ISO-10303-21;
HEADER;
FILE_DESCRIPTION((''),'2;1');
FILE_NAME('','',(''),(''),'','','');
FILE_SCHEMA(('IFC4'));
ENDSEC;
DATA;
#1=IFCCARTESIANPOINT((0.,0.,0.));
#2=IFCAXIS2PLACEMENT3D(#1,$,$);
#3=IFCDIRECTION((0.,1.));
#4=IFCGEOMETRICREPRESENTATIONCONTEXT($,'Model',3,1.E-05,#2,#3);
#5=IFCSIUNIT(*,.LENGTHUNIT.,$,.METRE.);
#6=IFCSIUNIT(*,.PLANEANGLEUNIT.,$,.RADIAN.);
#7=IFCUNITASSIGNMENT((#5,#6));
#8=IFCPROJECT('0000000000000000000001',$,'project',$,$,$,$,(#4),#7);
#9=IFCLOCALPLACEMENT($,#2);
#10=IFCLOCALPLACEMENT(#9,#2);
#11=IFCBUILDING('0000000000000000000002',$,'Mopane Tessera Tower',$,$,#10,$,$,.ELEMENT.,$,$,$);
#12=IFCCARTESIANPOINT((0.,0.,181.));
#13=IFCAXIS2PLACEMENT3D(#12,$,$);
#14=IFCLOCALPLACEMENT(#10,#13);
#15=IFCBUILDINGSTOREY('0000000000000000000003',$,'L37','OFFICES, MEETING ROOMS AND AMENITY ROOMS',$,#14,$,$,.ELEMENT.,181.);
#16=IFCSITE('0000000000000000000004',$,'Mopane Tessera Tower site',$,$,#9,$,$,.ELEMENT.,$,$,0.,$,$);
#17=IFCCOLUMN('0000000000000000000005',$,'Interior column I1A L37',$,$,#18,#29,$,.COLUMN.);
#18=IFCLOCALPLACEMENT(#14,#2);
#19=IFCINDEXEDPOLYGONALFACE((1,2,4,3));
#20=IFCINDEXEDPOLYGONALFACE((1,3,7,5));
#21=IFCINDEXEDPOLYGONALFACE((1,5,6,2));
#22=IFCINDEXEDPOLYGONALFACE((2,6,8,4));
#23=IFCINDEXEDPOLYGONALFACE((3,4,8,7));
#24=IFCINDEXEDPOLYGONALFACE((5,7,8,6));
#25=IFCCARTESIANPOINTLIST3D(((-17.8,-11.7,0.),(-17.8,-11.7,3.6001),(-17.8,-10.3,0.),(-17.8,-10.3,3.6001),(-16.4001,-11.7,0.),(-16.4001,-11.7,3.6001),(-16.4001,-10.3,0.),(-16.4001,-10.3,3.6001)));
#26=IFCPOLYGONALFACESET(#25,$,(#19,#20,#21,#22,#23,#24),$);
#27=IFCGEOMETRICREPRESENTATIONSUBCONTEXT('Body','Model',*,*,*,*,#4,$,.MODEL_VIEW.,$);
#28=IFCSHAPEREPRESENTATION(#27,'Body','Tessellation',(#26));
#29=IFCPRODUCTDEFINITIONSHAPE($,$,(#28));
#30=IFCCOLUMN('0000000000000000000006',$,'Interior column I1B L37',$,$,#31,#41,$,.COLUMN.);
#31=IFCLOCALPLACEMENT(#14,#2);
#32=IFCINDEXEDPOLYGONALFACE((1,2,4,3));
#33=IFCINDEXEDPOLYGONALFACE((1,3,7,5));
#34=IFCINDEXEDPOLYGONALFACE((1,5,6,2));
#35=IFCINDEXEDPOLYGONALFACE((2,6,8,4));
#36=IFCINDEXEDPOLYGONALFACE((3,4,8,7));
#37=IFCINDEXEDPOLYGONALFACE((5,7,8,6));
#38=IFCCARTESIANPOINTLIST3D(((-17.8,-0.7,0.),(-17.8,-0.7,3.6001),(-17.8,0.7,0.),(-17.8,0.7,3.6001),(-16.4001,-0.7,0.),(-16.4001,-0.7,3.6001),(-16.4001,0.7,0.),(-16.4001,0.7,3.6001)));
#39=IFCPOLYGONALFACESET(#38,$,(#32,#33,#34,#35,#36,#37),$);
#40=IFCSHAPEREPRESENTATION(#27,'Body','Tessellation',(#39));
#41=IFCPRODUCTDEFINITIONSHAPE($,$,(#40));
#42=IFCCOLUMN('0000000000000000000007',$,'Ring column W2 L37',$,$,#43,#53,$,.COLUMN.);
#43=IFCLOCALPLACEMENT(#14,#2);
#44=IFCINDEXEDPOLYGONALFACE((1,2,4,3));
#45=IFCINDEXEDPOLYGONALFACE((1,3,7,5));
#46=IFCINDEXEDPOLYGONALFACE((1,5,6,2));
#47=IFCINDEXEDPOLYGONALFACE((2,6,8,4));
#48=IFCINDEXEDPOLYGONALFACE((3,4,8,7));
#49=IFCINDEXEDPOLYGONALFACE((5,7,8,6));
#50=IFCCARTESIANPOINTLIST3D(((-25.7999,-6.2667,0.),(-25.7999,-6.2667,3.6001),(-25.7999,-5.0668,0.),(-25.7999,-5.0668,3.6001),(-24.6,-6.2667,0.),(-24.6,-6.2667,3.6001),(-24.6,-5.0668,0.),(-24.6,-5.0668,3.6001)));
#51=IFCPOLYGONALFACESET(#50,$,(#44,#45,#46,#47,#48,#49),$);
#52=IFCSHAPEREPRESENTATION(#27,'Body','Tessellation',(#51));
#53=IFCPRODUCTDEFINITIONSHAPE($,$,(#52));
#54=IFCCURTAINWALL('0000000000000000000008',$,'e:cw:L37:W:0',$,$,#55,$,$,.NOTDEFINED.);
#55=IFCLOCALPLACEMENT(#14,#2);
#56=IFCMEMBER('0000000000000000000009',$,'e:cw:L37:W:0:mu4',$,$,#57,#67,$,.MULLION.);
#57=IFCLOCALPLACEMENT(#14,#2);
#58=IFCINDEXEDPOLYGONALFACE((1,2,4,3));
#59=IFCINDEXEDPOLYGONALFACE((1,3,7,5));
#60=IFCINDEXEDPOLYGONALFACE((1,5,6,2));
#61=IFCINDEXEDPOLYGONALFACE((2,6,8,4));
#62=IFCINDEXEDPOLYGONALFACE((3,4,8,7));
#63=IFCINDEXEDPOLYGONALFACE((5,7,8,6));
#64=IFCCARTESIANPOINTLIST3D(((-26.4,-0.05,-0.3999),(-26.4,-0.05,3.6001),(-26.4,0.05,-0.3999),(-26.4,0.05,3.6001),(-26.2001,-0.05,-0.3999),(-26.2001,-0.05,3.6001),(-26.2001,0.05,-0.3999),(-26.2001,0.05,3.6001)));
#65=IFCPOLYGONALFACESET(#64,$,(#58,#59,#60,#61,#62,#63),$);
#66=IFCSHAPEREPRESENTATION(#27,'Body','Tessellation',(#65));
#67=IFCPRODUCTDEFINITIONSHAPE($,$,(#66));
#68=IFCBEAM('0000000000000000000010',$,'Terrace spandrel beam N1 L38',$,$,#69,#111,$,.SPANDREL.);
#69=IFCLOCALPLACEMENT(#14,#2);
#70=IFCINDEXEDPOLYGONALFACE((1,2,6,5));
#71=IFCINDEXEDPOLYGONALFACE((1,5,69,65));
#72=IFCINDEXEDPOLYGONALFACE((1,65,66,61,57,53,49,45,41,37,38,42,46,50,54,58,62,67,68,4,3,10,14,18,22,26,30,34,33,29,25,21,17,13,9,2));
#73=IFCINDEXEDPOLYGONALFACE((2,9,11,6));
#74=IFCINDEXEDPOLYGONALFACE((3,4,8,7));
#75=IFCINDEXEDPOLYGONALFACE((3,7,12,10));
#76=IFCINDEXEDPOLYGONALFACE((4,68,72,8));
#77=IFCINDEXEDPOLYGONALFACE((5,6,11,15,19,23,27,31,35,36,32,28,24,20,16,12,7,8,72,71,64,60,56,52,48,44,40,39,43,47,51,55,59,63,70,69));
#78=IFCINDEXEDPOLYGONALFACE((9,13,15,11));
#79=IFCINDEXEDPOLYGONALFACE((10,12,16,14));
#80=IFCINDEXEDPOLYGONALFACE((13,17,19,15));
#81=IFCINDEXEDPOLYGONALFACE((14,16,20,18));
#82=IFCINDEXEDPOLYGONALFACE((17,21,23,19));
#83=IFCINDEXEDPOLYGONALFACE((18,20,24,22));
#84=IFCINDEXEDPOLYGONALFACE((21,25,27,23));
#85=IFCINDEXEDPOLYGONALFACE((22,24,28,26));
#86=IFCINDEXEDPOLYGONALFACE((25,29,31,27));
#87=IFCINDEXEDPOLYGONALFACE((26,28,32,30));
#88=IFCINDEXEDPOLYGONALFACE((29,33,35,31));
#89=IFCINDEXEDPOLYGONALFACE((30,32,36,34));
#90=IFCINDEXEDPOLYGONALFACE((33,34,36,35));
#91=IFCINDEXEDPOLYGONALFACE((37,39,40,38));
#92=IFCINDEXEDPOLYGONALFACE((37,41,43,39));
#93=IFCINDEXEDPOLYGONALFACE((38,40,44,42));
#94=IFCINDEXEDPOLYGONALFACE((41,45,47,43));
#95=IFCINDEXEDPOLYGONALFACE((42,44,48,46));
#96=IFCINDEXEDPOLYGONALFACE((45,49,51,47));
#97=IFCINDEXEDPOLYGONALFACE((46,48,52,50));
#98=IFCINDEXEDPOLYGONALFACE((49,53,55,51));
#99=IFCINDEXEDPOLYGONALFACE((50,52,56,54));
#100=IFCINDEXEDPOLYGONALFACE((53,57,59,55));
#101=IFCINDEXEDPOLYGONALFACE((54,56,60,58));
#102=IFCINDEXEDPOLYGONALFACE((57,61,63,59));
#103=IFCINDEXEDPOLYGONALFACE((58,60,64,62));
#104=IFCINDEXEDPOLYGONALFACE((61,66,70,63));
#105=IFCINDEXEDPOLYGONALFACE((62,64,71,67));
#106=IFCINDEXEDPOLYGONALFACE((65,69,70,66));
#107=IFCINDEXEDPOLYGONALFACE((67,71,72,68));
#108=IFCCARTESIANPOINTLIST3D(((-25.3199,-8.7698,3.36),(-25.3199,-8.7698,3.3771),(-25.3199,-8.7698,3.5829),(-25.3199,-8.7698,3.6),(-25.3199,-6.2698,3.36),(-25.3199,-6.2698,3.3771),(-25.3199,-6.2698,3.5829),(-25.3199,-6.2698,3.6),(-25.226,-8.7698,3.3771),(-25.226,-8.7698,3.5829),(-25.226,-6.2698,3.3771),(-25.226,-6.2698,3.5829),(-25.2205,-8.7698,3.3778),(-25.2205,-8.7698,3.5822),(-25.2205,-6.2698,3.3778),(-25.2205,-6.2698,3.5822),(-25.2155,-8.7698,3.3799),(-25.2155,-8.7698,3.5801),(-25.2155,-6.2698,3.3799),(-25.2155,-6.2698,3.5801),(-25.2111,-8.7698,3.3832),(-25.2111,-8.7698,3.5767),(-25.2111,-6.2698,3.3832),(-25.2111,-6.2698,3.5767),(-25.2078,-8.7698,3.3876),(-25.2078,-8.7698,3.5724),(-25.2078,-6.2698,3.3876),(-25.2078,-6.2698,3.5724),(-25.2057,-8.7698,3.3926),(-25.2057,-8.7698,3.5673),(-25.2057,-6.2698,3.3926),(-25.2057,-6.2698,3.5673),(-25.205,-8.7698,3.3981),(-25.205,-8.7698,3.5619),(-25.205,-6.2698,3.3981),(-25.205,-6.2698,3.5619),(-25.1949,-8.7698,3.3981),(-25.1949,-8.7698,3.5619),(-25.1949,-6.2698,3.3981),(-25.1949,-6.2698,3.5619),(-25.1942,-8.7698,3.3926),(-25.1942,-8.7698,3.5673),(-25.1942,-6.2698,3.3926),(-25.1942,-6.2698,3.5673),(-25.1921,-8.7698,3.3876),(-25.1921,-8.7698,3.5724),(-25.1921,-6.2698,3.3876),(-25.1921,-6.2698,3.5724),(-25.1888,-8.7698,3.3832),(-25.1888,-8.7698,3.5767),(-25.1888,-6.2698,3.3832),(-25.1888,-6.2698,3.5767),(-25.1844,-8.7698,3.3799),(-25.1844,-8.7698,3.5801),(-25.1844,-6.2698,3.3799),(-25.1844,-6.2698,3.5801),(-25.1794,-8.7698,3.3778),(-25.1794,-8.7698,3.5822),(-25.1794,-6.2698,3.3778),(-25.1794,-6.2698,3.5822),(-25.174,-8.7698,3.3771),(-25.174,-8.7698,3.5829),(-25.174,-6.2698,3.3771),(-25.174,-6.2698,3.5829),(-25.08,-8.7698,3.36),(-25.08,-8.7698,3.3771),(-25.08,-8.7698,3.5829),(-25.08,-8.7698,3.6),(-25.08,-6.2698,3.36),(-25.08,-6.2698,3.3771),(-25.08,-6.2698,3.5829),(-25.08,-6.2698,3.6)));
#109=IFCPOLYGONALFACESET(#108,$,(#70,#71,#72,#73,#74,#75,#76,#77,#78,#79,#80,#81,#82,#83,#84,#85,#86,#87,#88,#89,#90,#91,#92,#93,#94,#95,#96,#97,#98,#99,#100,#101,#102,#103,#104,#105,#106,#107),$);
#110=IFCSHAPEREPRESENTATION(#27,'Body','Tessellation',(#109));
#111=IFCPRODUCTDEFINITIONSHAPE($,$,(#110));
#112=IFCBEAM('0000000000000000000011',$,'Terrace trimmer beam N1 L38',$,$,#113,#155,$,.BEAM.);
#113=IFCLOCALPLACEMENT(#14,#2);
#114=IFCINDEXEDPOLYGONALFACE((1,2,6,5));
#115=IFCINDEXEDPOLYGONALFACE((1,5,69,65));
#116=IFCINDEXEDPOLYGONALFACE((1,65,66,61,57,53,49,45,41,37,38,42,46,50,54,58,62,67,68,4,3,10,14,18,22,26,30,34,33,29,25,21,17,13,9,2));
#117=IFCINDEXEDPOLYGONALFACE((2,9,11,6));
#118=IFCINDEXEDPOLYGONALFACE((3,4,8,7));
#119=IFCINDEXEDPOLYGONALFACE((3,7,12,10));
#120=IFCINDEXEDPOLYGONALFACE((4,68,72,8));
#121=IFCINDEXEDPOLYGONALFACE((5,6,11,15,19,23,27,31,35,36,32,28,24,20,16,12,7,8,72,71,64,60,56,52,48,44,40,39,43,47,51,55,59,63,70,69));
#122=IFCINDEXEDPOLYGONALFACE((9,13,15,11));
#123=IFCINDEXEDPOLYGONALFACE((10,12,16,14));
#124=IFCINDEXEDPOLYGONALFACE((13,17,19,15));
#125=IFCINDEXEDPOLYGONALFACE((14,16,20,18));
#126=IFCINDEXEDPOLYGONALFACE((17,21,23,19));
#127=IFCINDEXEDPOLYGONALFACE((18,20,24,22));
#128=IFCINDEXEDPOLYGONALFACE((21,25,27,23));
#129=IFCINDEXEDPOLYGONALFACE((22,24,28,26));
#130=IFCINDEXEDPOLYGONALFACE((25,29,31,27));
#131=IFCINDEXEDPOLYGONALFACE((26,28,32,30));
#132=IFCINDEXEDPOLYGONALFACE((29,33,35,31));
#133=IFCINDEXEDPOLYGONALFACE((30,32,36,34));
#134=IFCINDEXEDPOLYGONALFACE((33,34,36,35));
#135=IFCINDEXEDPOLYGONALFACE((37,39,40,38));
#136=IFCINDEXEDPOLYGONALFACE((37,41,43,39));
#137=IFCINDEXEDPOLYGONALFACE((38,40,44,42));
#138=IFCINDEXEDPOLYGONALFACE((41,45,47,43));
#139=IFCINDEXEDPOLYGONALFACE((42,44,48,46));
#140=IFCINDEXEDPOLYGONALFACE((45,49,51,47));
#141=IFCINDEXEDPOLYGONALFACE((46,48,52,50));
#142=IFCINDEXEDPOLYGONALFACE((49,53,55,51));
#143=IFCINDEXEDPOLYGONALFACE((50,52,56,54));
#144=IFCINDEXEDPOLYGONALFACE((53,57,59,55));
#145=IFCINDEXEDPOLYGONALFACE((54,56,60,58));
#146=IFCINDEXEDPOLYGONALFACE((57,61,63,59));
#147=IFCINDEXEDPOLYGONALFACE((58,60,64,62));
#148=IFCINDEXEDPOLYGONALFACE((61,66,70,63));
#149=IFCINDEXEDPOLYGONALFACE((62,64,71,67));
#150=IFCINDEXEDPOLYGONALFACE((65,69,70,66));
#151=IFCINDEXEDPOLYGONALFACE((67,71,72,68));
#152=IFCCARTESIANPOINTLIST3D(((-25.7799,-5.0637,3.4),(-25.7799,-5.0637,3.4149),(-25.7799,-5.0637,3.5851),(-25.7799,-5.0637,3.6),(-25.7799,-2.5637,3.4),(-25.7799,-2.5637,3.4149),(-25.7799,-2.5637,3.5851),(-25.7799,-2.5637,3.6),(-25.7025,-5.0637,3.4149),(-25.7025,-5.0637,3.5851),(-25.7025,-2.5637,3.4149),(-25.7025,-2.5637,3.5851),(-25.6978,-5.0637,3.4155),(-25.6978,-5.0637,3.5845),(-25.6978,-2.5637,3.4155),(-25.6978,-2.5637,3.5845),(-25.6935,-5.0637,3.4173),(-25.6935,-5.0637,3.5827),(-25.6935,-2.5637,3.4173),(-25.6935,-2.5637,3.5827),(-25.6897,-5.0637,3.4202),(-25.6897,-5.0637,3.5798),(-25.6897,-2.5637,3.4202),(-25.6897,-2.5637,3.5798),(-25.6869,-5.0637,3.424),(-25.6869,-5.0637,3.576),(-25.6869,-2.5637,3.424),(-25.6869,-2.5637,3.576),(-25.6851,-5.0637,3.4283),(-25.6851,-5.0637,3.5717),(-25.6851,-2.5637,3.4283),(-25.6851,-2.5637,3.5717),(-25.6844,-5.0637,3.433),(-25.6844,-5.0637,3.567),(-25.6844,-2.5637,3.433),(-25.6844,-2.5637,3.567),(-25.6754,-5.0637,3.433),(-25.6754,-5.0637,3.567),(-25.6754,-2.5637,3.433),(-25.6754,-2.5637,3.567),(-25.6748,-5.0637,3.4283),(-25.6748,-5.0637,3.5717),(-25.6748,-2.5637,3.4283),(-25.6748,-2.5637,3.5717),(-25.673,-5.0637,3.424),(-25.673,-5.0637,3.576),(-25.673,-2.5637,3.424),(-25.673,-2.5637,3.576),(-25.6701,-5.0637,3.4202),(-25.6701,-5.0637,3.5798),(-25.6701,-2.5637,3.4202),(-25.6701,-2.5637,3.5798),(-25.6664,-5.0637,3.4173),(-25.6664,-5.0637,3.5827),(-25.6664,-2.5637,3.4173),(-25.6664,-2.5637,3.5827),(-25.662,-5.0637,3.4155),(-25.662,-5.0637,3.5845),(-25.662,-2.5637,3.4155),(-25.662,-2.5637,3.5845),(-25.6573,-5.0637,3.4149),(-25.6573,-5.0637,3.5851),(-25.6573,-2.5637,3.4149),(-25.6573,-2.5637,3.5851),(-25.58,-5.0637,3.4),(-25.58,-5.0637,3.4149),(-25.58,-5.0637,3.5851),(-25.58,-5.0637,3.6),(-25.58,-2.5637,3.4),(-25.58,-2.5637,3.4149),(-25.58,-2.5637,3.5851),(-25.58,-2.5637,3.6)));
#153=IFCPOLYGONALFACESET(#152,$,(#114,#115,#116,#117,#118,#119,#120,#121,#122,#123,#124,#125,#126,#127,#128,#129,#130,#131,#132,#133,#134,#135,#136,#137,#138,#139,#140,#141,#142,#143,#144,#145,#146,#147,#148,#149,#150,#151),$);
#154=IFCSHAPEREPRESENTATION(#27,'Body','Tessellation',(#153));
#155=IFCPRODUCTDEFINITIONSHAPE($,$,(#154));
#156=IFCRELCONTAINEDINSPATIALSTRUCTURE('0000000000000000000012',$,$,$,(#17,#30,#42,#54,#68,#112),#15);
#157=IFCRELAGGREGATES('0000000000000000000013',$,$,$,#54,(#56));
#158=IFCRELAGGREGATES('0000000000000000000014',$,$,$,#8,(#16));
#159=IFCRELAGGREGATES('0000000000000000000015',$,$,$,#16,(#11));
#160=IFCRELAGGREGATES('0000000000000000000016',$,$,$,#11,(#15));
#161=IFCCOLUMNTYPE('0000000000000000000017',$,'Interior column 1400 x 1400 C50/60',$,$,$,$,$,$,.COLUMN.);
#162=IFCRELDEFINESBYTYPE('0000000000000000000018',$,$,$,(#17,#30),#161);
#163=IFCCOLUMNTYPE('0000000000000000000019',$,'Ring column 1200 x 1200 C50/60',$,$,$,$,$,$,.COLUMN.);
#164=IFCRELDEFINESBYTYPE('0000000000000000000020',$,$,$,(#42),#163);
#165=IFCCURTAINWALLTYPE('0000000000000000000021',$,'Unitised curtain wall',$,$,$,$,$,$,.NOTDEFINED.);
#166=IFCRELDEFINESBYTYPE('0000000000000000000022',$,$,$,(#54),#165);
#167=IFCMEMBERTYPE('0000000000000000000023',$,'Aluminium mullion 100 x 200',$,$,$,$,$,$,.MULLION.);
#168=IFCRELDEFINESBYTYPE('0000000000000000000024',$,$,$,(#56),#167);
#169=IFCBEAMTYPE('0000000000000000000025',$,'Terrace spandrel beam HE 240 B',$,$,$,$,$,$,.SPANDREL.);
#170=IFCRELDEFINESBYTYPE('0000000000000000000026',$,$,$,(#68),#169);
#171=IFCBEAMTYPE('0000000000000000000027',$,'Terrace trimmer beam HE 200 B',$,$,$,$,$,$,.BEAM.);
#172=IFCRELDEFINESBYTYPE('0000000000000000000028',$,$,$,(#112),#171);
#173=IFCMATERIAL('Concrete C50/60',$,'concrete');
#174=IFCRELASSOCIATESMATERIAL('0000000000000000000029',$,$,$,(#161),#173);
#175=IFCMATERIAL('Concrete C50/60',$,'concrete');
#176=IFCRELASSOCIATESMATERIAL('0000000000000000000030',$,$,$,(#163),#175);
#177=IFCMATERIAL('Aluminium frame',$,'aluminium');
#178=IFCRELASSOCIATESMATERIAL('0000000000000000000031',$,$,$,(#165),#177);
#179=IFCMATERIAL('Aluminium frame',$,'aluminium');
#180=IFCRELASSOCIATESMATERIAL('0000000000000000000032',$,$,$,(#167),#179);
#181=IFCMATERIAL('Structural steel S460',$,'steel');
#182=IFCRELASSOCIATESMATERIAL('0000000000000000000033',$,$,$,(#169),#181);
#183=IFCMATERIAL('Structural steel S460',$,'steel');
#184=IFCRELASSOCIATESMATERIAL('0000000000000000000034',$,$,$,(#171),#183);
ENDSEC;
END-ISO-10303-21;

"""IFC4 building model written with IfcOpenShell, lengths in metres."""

from ifc_helpers import new_model, si_unit, direction, frame, origin, origin_2d, place, context, subcontext, project, spatial, rectangle, i_section, extrude, material, material_profile, profile_set, type_object, element, aggregate, save


model = new_model("IFC4")

# Units and contexts
model_context = context("Model", 3, precision=1e-05, world=origin(), true_north=direction((0.0, 1.0)))
body_context = subcontext(model_context, "Body", "Model", "MODEL_VIEW")
ifc_project = project(units=[si_unit("LENGTHUNIT", "METRE"), si_unit("PLANEANGLEUNIT", "RADIAN")], contexts=[model_context])

# Site, building, storey
site_placement = place(None, origin())
site = spatial("IfcSite", under=ifc_project, at=site_placement, Name="Mopane Tessera Tower site", CompositionType="ELEMENT", RefElevation=0.0)
building_placement = place(site_placement, origin())
building = spatial("IfcBuilding", under=site, at=building_placement, Name="Mopane Tessera Tower", CompositionType="ELEMENT")
storey_placement = place(building_placement, frame((0.0, 0.0, 181.0)))
storey = spatial("IfcBuildingStorey", under=building, at=storey_placement, Name="L37", Description="OFFICES, MEETING ROOMS AND AMENITY ROOMS", CompositionType="ELEMENT", Elevation=181.0)

# Columns
ifc_material_1 = material(Name="Concrete C50/60", Category="concrete")
ifc_material_profile_1 = material_profile(ifc_material_1, rectangle(XDim=1.3999, YDim=1.3999, at=origin_2d()))
ifc_profile_set_1 = profile_set([ifc_material_profile_1], Name="Concrete C50/60")
column_type_1 = type_object("IfcColumnType", Name="Interior column 1400 x 1400 C50/60", PredefinedType="COLUMN", material=ifc_profile_set_1)
for number, where, z_axis, x_axis, name in (
    (1, (-17.1001, -11.0, 0.0), (0.0, 0.0, 1.0), (1.0, 0.0, 0.0), "Interior column I1A L37"),
    (2, (-17.1001, 0.0, 0.0), (0.0, 0.0, 1.0), (1.0, 0.0, 0.0), "Interior column I1B L37"),
):
    element("IfcColumn", number, at=place(storey_placement, frame(where, z_axis=z_axis, x_axis=x_axis)), inside=storey, type_object=column_type_1, Name=name, PredefinedType="COLUMN", context=body_context, shape_type="SweptSolid", body=[
        extrude(rectangle(XDim=1.3999, YDim=1.3999, at=origin_2d()), origin(), (0.0, 0.0, 1.0), 3.6001),
    ])
ifc_material_2 = material(Name="Concrete C50/60", Category="concrete")
ifc_material_profile_2 = material_profile(ifc_material_2, rectangle(XDim=1.2, YDim=1.2, at=origin_2d()))
ifc_profile_set_2 = profile_set([ifc_material_profile_2], Name="Concrete C50/60")
column_type_2 = type_object("IfcColumnType", Name="Ring column 1200 x 1200 C50/60", PredefinedType="COLUMN", material=ifc_profile_set_2)
column_placement = place(storey_placement, frame((-25.2, -5.6667, 0.0), z_axis=(0.0, 0.0, 1.0), x_axis=(1.0, 0.0, 0.0)))
element("IfcColumn", 3, at=column_placement, inside=storey, type_object=column_type_2, Name="Ring column W2 L37", PredefinedType="COLUMN", context=body_context, shape_type="SweptSolid", body=[
    extrude(rectangle(XDim=1.2, YDim=1.2, at=origin_2d()), origin(), (0.0, 0.0, 1.0), 3.6001),
])

# Curtain wall, member
ifc_material_3 = material(Name="Aluminium frame", Category="aluminium")
curtain_wall_type = type_object("IfcCurtainWallType", Name="Unitised curtain wall", PredefinedType="NOTDEFINED", material=ifc_material_3)
curtain_wall_placement = place(storey_placement, origin())
curtain_wall = element("IfcCurtainWall", 4, at=curtain_wall_placement, inside=storey, type_object=curtain_wall_type, Name="e:cw:L37:W:0", PredefinedType="NOTDEFINED")
ifc_material_4 = material(Name="Aluminium frame", Category="aluminium")
ifc_material_profile_3 = material_profile(ifc_material_4, rectangle(XDim=0.1001, YDim=0.2, at=origin_2d()))
ifc_profile_set_3 = profile_set([ifc_material_profile_3], Name="Aluminium frame")
member_type = type_object("IfcMemberType", Name="Aluminium mullion 100 x 200", PredefinedType="MULLION", material=ifc_profile_set_3)
member_placement = place(storey_placement, frame((-26.3, 0.0, -0.3999), z_axis=(0.0, 0.0, 1.0), x_axis=(0.0, -1.0, 0.0)))
member = element("IfcMember", 5, at=member_placement, type_object=member_type, Name="e:cw:L37:W:0:mu4", PredefinedType="MULLION", context=body_context, shape_type="SweptSolid", body=[
    extrude(rectangle(XDim=0.1001, YDim=0.2, at=origin_2d()), origin(), (0.0, 0.0, 1.0), 4.0),
])
aggregate(curtain_wall, [member])

# Beams
ifc_material_5 = material(Name="Structural steel S460", Category="steel")
ifc_material_profile_4 = material_profile(ifc_material_5, i_section(OverallWidth=0.24, OverallDepth=0.24, WebThickness=0.01, FlangeThickness=0.0171, FilletRadius=0.021, at=origin_2d()))
ifc_profile_set_4 = profile_set([ifc_material_profile_4], Name="Structural steel S460")
beam_type_1 = type_object("IfcBeamType", Name="Terrace spandrel beam HE 240 B", PredefinedType="SPANDREL", material=ifc_profile_set_4)
beam_1_placement = place(storey_placement, frame((-25.2, -6.2698, 3.48), z_axis=(0.0, -1.0, 0.0), x_axis=(1.0, 0.0, 0.0)))
element("IfcBeam", 6, at=beam_1_placement, inside=storey, type_object=beam_type_1, Name="Terrace spandrel beam N1 L38", PredefinedType="SPANDREL", context=body_context, shape_type="SweptSolid", body=[
    extrude(i_section(OverallWidth=0.24, OverallDepth=0.24, WebThickness=0.01, FlangeThickness=0.0171, FilletRadius=0.021, at=origin_2d()), origin(), (0.0, 0.0, 1.0), 2.5),
])
ifc_material_6 = material(Name="Structural steel S460", Category="steel")
ifc_material_profile_5 = material_profile(ifc_material_6, i_section(OverallWidth=0.2, OverallDepth=0.2, WebThickness=0.009, FlangeThickness=0.0149, FilletRadius=0.0181, at=origin_2d()))
ifc_profile_set_5 = profile_set([ifc_material_profile_5], Name="Structural steel S460")
beam_type_2 = type_object("IfcBeamType", Name="Terrace trimmer beam HE 200 B", PredefinedType="BEAM", material=ifc_profile_set_5)
beam_2_placement = place(storey_placement, frame((-25.6799, -5.0637, 3.5), z_axis=(0.0, 1.0, 0.0), x_axis=(-1.0, 0.0, 0.0)))
element("IfcBeam", 7, at=beam_2_placement, inside=storey, type_object=beam_type_2, Name="Terrace trimmer beam N1 L38", PredefinedType="BEAM", context=body_context, shape_type="SweptSolid", body=[
    extrude(i_section(OverallWidth=0.2, OverallDepth=0.2, WebThickness=0.009, FlangeThickness=0.0149, FilletRadius=0.0181, at=origin_2d()), origin(), (0.0, 0.0, 1.0), 2.5),
])

save(model, "model.ifc")
